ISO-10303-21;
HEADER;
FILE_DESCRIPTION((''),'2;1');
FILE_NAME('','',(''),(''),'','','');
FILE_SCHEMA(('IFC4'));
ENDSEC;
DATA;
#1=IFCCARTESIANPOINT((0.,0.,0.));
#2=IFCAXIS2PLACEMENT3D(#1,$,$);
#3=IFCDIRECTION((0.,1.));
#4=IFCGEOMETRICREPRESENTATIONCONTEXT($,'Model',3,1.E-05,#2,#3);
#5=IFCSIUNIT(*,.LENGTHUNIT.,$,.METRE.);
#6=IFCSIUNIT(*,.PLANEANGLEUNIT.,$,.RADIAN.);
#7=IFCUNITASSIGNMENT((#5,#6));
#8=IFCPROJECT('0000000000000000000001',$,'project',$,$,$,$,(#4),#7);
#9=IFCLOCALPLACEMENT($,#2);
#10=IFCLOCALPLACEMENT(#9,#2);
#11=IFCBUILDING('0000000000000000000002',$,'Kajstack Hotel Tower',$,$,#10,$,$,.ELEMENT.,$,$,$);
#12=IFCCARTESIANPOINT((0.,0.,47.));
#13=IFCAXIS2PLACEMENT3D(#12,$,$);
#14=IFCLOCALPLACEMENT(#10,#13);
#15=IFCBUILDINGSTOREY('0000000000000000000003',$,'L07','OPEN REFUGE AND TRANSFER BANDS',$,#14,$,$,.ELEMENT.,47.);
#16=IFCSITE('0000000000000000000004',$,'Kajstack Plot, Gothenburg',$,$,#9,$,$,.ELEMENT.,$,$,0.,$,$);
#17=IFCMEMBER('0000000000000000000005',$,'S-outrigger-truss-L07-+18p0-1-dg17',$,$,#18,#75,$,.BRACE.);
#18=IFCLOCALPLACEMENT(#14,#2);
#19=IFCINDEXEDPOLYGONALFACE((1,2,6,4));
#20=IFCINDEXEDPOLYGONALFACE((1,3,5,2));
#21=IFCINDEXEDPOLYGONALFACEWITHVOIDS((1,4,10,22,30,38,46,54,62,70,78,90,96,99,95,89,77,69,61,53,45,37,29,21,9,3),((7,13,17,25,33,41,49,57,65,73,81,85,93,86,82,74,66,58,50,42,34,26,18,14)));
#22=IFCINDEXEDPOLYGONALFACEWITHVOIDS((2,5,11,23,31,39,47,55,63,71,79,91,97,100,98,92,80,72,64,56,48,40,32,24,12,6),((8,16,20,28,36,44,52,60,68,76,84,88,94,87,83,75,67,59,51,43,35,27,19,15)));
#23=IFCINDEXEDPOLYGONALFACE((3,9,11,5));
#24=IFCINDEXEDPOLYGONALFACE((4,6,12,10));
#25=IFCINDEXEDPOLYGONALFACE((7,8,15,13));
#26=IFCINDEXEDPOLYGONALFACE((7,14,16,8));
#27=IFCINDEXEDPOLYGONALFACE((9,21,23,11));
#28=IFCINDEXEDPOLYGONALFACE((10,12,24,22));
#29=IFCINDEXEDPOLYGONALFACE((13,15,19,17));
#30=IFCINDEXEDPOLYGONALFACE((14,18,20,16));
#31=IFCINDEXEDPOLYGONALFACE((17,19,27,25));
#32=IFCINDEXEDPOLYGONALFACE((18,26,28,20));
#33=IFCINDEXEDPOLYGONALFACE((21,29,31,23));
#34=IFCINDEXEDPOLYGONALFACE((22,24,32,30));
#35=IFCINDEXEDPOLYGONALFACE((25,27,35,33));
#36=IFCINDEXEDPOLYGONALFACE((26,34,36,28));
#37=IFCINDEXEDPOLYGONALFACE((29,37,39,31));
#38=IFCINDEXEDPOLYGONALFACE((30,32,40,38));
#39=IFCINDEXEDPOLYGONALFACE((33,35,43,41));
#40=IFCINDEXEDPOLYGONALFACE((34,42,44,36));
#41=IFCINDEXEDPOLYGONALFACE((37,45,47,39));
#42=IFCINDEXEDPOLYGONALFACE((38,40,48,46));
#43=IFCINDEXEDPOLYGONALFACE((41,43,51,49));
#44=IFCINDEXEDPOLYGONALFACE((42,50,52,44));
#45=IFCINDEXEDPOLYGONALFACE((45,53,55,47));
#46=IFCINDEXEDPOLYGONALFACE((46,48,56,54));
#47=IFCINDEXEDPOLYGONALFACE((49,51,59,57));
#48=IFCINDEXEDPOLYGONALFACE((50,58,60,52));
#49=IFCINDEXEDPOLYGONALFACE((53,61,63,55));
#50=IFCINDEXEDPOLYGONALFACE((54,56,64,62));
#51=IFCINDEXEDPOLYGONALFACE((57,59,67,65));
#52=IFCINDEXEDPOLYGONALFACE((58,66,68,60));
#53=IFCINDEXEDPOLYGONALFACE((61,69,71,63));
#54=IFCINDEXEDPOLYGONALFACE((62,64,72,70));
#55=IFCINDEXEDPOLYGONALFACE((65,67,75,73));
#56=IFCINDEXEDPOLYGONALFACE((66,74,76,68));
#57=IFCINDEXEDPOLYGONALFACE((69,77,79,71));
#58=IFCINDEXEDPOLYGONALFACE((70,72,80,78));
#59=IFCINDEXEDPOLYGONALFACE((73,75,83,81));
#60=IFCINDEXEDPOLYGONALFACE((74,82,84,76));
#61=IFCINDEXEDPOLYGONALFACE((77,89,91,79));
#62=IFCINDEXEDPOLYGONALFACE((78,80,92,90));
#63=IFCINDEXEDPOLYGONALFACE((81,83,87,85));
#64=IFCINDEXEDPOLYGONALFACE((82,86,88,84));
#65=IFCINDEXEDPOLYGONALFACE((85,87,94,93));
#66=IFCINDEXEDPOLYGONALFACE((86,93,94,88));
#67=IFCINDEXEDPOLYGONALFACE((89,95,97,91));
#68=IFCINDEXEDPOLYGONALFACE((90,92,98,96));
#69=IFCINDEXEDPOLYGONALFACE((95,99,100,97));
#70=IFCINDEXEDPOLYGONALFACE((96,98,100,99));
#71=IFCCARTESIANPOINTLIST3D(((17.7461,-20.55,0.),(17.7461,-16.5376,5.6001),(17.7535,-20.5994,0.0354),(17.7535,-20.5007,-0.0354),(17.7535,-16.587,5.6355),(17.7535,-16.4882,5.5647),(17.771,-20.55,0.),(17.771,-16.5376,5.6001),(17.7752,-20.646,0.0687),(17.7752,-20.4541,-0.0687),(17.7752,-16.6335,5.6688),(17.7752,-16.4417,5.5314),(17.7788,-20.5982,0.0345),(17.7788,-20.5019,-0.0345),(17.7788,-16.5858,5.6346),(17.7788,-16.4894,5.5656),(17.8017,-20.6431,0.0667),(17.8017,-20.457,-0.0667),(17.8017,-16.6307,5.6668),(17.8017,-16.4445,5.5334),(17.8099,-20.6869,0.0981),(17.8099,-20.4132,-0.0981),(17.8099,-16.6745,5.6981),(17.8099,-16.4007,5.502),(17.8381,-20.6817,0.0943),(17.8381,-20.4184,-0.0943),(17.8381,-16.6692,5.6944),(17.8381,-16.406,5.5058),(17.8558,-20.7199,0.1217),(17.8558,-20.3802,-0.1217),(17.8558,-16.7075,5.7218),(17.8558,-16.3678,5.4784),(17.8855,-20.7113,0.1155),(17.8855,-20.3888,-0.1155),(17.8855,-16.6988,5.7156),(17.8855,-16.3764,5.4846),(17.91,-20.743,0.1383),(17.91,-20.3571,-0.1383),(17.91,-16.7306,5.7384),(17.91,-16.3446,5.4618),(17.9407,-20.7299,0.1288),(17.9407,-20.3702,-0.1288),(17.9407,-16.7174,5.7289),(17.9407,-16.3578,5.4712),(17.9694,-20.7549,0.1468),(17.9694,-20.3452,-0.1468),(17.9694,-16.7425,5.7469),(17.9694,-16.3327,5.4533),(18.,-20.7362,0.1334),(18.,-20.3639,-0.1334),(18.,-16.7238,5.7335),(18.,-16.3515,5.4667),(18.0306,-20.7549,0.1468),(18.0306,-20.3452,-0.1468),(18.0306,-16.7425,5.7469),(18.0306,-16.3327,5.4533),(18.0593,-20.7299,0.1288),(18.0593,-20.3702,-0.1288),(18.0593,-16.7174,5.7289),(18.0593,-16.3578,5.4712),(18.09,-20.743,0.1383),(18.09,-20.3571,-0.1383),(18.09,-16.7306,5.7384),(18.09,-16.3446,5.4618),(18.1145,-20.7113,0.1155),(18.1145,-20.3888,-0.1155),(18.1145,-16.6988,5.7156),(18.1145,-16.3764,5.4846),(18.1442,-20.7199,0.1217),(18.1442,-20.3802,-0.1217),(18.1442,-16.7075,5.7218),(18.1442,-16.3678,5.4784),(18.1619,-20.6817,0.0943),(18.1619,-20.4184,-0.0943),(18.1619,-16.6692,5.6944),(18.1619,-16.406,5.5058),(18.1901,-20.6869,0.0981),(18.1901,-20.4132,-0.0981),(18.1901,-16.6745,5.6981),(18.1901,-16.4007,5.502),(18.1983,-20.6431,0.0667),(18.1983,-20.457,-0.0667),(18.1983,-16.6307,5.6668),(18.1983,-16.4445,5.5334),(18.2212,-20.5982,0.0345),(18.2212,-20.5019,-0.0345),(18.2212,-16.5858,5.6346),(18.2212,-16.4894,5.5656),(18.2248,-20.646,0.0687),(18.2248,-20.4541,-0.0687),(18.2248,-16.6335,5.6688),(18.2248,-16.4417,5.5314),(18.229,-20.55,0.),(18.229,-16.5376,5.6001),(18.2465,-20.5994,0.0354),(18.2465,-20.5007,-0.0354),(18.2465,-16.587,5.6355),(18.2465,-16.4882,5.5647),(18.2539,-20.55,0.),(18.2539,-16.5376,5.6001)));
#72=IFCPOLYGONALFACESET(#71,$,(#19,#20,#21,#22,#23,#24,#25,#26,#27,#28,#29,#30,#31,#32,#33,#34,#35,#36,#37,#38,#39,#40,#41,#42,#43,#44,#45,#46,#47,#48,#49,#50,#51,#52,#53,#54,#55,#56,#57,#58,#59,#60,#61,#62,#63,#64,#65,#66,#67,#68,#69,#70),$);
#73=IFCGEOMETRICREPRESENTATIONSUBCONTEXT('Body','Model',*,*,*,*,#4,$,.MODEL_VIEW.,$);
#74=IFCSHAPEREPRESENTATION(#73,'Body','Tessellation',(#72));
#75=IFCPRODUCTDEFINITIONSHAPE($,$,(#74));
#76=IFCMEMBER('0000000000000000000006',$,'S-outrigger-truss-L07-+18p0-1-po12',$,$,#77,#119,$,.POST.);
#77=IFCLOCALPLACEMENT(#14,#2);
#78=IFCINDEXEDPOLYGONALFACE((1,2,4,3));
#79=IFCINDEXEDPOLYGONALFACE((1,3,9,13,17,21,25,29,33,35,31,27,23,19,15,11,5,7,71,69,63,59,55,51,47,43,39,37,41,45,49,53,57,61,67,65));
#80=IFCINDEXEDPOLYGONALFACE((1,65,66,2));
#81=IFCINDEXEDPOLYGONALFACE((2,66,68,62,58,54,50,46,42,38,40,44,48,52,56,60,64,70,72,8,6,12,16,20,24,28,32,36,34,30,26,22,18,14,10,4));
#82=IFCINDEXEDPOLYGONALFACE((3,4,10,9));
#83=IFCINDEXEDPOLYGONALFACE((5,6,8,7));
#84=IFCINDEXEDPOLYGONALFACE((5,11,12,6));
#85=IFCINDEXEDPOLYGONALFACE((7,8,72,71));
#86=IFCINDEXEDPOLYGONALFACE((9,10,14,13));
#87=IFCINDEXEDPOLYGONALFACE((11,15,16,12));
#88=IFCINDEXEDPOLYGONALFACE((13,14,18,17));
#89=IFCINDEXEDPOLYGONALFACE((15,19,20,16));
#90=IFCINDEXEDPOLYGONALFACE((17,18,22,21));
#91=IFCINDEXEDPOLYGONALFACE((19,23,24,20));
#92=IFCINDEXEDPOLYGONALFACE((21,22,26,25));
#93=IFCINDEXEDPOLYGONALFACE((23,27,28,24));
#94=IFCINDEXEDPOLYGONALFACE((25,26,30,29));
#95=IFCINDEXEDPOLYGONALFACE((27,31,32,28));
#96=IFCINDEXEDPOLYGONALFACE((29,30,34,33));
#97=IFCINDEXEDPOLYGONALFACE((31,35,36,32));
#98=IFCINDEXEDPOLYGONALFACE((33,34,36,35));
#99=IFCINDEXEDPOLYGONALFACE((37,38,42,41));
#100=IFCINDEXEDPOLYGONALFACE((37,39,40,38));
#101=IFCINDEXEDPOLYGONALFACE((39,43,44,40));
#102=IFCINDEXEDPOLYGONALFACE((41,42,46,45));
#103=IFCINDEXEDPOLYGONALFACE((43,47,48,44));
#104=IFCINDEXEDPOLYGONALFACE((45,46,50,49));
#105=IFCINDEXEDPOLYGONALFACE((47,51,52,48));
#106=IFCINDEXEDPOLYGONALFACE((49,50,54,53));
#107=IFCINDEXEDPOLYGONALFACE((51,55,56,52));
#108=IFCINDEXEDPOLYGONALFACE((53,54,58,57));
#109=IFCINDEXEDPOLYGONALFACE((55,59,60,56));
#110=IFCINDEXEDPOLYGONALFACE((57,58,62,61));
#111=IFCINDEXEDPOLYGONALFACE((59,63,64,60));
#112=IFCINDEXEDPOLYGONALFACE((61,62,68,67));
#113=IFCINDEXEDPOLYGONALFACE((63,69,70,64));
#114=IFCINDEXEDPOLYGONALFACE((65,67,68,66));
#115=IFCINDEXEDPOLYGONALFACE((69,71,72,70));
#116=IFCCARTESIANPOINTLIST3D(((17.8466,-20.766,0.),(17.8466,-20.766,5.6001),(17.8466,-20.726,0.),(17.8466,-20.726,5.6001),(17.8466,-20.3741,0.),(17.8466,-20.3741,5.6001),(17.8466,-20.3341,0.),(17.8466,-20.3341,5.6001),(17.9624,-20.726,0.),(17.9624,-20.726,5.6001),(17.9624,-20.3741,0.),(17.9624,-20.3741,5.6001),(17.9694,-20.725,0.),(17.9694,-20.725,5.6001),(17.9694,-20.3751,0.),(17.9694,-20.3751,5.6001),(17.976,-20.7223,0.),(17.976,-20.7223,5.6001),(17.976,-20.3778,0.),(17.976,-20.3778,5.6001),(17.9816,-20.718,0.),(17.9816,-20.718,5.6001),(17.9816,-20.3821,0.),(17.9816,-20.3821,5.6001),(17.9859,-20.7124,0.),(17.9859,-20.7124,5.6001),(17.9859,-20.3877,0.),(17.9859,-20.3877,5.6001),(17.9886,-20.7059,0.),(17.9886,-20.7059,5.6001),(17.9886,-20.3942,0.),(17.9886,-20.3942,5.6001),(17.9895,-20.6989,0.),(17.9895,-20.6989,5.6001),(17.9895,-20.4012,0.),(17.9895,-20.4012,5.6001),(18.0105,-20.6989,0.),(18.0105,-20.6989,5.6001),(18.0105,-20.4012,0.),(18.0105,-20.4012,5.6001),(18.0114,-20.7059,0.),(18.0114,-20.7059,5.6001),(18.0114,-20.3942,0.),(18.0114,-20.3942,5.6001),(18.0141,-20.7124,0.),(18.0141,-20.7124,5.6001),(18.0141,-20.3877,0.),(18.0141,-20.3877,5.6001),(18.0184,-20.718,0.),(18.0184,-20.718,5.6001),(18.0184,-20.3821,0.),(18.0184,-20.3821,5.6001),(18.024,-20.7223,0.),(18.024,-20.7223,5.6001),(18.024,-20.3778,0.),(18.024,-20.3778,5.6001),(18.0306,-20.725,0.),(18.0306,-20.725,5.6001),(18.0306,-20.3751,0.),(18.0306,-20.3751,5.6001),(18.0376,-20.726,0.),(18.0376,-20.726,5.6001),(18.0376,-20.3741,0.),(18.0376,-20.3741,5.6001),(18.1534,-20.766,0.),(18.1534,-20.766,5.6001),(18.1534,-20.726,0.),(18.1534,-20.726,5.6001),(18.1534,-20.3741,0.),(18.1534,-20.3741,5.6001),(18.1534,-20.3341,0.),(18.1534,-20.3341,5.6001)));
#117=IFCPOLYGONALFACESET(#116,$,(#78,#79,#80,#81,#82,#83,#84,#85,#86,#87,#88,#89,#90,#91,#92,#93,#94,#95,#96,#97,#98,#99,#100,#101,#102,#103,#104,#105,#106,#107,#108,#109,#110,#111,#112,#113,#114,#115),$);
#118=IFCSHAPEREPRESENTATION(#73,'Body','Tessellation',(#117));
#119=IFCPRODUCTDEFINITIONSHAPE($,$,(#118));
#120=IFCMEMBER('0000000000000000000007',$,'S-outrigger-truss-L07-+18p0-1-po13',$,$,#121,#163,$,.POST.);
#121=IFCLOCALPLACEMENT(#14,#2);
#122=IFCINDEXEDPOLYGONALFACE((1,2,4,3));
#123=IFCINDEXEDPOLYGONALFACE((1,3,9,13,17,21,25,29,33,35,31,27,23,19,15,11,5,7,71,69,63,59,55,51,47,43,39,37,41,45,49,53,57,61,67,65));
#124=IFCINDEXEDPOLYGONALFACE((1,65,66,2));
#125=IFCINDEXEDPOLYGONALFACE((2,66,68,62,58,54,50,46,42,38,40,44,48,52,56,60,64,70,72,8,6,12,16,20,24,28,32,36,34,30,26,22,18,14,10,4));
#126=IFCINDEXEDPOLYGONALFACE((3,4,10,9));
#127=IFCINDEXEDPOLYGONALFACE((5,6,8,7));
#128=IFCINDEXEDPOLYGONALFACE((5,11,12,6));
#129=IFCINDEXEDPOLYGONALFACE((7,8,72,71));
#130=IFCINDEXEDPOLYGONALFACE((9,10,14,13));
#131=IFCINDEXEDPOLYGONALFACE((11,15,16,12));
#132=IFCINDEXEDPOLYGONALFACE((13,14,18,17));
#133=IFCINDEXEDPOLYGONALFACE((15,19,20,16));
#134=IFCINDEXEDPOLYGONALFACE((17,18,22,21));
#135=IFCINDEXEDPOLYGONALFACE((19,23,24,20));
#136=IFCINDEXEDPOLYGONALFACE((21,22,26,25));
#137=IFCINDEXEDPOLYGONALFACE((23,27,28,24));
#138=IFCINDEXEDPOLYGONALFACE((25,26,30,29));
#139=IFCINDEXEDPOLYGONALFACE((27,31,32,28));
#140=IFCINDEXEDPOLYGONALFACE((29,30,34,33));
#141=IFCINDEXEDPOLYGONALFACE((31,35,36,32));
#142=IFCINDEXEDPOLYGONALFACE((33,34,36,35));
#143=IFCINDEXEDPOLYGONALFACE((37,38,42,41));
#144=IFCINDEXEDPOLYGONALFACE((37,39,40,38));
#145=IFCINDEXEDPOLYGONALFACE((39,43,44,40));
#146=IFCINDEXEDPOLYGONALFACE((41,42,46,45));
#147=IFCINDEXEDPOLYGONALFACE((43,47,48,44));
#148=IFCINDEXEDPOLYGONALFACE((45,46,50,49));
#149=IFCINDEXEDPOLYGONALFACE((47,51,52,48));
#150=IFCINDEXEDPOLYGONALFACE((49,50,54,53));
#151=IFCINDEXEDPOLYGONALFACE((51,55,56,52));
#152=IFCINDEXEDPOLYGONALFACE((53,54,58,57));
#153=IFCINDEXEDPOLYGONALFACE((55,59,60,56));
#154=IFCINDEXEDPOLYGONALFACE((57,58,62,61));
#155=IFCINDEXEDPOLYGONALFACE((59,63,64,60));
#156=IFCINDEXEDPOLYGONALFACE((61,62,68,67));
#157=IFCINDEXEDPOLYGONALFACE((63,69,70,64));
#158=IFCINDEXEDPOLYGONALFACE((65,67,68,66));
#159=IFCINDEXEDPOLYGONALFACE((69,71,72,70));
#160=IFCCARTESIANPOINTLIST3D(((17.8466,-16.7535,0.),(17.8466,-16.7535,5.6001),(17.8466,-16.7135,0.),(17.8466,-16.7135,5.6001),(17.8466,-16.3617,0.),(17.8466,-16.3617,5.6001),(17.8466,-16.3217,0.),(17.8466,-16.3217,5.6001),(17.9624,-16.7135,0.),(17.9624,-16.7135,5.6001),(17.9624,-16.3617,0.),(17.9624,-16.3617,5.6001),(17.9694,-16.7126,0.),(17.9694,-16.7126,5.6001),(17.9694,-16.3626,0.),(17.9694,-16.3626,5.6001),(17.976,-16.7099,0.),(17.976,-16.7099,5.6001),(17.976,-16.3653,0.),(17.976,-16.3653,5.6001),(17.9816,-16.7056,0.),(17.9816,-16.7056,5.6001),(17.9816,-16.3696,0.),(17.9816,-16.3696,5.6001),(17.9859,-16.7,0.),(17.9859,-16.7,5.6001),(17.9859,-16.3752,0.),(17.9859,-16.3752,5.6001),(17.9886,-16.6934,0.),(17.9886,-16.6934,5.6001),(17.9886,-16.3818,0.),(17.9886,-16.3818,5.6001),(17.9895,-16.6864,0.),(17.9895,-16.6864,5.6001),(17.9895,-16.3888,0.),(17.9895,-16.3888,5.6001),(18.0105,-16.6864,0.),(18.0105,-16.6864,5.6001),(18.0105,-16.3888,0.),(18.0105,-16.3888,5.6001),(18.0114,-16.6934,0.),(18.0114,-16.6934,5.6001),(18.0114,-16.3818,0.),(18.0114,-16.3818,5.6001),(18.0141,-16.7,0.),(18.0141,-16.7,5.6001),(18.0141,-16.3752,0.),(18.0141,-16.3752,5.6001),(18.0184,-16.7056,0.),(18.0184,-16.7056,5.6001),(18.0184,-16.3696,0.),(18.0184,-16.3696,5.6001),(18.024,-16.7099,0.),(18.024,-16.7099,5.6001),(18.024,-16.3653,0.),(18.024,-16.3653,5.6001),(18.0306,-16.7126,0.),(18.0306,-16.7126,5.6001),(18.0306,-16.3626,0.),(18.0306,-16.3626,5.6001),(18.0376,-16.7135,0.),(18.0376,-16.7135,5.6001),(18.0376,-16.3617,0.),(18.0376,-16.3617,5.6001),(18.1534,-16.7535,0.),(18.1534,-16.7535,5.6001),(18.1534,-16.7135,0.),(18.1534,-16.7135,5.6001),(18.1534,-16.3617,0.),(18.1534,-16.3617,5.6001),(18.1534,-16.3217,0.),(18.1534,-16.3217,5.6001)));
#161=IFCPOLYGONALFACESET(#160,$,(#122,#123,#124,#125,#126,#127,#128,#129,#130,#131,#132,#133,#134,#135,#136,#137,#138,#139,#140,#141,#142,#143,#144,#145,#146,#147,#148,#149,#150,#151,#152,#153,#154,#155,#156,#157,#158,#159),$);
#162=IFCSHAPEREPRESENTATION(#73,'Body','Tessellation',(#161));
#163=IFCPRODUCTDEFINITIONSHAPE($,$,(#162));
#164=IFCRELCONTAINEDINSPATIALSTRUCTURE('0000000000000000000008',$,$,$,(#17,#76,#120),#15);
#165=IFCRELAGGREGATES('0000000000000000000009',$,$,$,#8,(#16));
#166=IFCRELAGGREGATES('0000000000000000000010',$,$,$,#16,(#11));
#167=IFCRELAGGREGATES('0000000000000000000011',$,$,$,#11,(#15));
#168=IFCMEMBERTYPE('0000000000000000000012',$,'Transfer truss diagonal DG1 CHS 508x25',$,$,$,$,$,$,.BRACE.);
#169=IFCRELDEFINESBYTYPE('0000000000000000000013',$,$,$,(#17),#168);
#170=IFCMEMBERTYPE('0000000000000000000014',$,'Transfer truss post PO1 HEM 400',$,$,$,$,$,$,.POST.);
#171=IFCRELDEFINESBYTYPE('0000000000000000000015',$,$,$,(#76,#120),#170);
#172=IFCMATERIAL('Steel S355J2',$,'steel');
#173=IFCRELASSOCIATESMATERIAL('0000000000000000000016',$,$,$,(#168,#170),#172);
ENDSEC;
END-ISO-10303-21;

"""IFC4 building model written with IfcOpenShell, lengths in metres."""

from ifc_helpers import new_model, si_unit, direction, frame, origin, origin_2d, place, context, subcontext, project, spatial, hollow_circle, i_section, extrude, material, material_profile, profile_set, type_object, element, save


model = new_model("IFC4")

# Units and contexts
model_context = context("Model", 3, precision=1e-05, world=origin(), true_north=direction((0.0, 1.0)))
body_context = subcontext(model_context, "Body", "Model", "MODEL_VIEW")
ifc_project = project(units=[si_unit("LENGTHUNIT", "METRE"), si_unit("PLANEANGLEUNIT", "RADIAN")], contexts=[model_context])

# Site, building, storey
site_placement = place(None, origin())
site = spatial("IfcSite", under=ifc_project, at=site_placement, Name="Kajstack Plot, Gothenburg", CompositionType="ELEMENT", RefElevation=0.0)
building_placement = place(site_placement, origin())
building = spatial("IfcBuilding", under=site, at=building_placement, Name="Kajstack Hotel Tower", CompositionType="ELEMENT")
storey_placement = place(building_placement, frame((0.0, 0.0, 47.0)))
storey = spatial("IfcBuildingStorey", under=building, at=storey_placement, Name="L07", Description="OPEN REFUGE AND TRANSFER BANDS", CompositionType="ELEMENT", Elevation=47.0)

# Members
ifc_material_1 = material(Name="Steel S355J2", Category="steel")
ifc_material_profile_1 = material_profile(ifc_material_1, hollow_circle(Radius=0.2539, WallThickness=0.0249, at=origin_2d()), Name="CHS 508x25")
ifc_profile_set_1 = profile_set([ifc_material_profile_1], Name="Steel S355J2")
member_type_1 = type_object("IfcMemberType", Name="Transfer truss diagonal DG1 CHS 508x25", PredefinedType="BRACE", material=ifc_profile_set_1)
member_1_placement = place(storey_placement, frame((18.0, -20.55, 0.0), z_axis=(0.0, 0.582428, 0.812883), x_axis=(-1.0, 0.0, 0.0)))
element("IfcMember", 1, at=member_1_placement, inside=storey, type_object=member_type_1, Name="S-outrigger-truss-L07-+18p0-1-dg17", PredefinedType="BRACE", context=body_context, shape_type="SweptSolid", body=[
    extrude(hollow_circle(Radius=0.2539, WallThickness=0.0249, at=origin_2d()), origin(), (0.0, 0.0, 1.0), 6.8892),
])
ifc_material_profile_2 = material_profile(ifc_material_1, i_section(OverallWidth=0.3069, OverallDepth=0.4319, WebThickness=0.021, FlangeThickness=0.04, FilletRadius=0.0271, at=origin_2d()), Name="HEM 400")
ifc_profile_set_2 = profile_set([ifc_material_profile_2], Name="Steel S355J2")
member_type_2 = type_object("IfcMemberType", Name="Transfer truss post PO1 HEM 400", PredefinedType="POST", material=ifc_profile_set_2)
for number, where, z_axis, x_axis, name in (
    (2, (18.0, -20.55, 0.0), (0.0, 0.0, 1.0), (1.0, 0.0, 0.0), "S-outrigger-truss-L07-+18p0-1-po12"),
    (3, (18.0, -16.5376, 0.0), (0.0, 0.0, 1.0), (1.0, 0.0, 0.0), "S-outrigger-truss-L07-+18p0-1-po13"),
):
    element("IfcMember", number, at=place(storey_placement, frame(where, z_axis=z_axis, x_axis=x_axis)), inside=storey, type_object=member_type_2, Name=name, PredefinedType="POST", context=body_context, shape_type="SweptSolid", body=[
        extrude(i_section(OverallWidth=0.3069, OverallDepth=0.4319, WebThickness=0.021, FlangeThickness=0.04, FilletRadius=0.0271, at=origin_2d()), origin(), (0.0, 0.0, 1.0), 5.6001),
    ])

save(model, "model.ifc")
